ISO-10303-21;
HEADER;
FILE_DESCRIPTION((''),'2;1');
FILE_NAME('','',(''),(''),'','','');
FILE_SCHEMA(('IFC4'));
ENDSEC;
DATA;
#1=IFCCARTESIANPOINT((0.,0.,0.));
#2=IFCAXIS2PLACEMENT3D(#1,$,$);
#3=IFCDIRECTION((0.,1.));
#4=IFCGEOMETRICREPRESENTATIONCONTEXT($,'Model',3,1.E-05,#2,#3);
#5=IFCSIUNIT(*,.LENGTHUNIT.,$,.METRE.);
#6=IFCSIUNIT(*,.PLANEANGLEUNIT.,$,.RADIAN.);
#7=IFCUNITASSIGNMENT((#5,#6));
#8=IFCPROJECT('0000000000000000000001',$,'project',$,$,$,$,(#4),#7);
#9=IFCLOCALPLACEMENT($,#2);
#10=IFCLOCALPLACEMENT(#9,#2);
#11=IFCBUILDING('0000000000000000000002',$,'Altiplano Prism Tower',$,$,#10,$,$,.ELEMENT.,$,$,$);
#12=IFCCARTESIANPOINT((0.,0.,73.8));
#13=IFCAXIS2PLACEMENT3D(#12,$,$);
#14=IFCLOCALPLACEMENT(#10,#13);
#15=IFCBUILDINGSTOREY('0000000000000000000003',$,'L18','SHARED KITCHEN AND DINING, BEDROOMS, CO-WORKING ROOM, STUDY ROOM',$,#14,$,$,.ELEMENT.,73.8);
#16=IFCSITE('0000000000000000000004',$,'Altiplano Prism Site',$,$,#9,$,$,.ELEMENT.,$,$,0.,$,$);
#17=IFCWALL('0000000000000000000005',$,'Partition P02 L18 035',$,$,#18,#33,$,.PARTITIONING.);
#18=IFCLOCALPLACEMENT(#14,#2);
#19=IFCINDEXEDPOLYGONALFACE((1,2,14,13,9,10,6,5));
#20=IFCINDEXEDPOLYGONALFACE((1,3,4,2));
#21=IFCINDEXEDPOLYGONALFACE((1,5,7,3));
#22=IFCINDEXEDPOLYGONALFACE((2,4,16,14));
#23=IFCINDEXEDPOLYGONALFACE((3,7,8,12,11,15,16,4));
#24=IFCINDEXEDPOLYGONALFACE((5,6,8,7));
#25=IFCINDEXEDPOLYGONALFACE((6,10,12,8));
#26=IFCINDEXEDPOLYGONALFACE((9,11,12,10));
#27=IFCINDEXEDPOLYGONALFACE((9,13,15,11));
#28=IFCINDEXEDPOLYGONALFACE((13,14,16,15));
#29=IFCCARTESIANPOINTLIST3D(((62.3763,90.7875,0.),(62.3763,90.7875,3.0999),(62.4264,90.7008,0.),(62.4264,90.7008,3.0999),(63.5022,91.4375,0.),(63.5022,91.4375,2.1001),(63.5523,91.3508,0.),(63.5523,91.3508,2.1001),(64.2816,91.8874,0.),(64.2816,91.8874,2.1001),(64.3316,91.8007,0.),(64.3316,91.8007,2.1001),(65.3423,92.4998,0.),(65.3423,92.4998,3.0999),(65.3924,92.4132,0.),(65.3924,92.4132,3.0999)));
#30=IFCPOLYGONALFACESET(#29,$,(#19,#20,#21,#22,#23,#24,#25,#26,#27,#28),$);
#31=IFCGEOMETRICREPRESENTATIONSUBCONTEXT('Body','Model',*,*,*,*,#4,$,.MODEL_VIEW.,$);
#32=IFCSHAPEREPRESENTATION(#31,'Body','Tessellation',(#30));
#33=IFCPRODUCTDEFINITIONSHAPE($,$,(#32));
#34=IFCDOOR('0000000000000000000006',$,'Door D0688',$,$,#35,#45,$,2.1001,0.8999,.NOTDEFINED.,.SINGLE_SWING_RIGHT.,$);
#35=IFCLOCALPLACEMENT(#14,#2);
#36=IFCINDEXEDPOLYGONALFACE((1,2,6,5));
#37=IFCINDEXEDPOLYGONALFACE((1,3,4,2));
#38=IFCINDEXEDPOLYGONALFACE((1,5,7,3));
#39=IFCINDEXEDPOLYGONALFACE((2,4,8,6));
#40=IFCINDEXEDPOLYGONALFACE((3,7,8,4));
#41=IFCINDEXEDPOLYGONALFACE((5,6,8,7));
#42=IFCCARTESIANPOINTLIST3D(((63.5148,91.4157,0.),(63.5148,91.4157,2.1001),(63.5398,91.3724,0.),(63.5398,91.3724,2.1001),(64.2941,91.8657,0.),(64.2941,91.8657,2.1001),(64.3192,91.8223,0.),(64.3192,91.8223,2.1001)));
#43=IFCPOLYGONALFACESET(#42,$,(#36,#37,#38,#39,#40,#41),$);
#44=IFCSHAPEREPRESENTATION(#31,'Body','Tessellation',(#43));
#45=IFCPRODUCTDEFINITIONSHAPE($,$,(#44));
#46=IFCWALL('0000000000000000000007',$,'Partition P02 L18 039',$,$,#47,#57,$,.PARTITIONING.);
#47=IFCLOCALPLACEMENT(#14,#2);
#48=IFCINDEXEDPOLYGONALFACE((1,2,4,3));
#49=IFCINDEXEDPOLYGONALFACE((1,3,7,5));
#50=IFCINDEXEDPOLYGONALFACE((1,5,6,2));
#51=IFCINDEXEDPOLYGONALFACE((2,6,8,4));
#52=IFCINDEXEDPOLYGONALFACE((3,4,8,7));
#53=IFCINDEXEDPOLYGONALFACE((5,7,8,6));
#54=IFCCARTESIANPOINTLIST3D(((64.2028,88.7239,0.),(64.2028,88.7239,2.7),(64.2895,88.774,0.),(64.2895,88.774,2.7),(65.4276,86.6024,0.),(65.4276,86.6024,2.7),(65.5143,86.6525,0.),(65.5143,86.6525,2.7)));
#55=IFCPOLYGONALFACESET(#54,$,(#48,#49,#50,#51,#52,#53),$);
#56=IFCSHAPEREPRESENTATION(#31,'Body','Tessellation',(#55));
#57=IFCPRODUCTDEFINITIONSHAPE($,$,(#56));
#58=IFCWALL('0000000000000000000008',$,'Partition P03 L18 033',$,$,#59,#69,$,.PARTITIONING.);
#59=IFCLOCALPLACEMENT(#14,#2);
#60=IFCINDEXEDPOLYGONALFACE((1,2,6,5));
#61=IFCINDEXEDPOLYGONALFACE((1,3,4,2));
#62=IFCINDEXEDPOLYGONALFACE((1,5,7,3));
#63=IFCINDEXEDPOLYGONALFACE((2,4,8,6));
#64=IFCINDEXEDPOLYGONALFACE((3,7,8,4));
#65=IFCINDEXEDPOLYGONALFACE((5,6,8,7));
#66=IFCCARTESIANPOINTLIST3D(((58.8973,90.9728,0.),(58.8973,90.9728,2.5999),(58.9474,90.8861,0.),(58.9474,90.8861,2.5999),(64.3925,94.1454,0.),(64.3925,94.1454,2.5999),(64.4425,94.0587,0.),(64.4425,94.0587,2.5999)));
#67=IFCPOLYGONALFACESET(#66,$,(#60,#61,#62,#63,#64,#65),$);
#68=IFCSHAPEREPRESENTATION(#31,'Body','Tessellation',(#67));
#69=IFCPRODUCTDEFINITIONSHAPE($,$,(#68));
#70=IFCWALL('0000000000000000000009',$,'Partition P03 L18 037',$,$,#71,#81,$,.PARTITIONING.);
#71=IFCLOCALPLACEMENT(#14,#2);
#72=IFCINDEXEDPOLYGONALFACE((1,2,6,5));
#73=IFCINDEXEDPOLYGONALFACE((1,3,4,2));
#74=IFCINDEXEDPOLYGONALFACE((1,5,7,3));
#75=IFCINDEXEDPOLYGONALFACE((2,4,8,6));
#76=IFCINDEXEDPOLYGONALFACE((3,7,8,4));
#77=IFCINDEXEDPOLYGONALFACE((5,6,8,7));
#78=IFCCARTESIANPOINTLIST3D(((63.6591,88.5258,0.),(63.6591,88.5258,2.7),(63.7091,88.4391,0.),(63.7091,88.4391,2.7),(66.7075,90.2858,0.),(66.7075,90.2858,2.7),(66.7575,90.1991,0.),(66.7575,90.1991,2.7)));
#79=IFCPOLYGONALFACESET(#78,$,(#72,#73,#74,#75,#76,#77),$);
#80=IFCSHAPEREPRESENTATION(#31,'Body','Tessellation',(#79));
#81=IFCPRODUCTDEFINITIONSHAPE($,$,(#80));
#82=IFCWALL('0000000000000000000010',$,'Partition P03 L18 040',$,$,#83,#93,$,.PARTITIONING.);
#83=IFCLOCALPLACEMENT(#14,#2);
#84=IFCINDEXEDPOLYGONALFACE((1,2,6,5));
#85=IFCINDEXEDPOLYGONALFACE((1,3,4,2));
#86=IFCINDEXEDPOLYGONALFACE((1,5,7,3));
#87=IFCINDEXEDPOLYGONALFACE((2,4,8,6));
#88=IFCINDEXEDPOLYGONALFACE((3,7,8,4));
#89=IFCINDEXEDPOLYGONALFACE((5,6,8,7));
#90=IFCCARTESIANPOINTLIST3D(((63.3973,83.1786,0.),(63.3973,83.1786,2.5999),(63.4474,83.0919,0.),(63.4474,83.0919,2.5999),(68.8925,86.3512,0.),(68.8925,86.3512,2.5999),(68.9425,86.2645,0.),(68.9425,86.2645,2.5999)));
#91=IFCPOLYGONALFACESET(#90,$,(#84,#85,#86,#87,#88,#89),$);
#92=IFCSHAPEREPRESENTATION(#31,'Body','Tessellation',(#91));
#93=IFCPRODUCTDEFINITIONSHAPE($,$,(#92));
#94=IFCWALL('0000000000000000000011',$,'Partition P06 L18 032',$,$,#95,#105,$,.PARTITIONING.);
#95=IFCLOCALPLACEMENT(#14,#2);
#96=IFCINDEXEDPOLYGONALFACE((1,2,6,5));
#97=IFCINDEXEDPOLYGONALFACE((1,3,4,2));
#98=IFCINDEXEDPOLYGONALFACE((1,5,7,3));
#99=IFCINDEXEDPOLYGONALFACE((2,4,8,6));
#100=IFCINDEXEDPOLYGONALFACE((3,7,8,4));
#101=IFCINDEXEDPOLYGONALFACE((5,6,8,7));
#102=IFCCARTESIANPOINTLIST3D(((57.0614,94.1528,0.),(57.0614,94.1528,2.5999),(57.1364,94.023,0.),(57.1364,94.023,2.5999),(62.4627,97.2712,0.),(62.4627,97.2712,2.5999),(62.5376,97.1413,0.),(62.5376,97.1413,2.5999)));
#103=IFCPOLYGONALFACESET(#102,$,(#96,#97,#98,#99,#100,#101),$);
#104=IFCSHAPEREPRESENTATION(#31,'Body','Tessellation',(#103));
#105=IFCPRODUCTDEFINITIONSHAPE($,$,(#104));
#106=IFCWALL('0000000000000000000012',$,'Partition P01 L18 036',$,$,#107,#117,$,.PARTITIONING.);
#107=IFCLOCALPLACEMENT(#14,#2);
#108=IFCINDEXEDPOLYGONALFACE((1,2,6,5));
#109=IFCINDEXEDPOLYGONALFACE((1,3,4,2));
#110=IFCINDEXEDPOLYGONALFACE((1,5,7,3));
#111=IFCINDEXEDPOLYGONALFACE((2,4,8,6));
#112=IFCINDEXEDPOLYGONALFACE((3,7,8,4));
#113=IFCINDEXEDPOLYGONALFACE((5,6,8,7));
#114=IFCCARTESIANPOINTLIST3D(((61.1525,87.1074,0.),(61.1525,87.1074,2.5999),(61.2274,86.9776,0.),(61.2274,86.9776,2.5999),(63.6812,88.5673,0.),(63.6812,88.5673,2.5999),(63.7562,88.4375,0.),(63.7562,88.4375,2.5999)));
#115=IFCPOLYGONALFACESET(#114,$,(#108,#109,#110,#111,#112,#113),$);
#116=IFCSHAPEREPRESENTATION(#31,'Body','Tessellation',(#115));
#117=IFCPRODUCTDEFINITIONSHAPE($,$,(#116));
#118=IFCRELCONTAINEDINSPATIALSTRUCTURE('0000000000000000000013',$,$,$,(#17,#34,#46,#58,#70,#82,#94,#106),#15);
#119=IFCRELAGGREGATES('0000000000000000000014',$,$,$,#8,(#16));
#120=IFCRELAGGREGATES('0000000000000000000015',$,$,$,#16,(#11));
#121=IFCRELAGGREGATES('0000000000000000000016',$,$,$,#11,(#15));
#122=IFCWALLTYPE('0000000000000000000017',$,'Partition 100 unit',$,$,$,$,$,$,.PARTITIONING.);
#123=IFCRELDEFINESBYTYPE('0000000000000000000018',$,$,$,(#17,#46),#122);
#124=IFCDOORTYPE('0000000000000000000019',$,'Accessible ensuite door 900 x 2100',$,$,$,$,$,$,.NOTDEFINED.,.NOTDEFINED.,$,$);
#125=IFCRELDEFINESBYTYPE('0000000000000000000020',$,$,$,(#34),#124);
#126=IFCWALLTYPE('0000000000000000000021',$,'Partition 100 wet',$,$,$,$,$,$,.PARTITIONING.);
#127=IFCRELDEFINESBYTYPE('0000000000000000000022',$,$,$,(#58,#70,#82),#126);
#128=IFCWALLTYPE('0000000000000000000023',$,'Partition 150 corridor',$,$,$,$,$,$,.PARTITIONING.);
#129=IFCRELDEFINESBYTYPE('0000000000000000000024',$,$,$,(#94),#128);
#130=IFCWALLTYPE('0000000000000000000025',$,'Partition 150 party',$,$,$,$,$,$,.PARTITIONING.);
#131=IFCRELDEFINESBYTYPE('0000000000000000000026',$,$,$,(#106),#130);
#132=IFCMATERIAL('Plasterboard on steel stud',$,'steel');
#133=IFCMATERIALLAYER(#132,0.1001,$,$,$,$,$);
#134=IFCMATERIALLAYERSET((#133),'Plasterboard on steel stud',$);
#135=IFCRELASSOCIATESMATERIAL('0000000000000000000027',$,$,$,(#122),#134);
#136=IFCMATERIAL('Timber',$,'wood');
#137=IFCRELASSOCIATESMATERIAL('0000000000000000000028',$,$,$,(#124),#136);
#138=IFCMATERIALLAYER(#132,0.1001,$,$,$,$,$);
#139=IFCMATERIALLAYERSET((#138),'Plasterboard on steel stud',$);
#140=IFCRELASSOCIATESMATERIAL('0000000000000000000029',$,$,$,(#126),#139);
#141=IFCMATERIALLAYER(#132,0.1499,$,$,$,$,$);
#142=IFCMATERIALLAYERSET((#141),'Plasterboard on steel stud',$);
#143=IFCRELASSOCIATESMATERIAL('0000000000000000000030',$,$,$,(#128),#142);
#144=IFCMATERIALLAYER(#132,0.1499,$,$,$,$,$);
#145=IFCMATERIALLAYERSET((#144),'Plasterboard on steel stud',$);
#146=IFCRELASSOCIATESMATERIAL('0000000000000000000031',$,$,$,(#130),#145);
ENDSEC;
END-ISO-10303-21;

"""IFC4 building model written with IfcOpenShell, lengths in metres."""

from ifc_helpers import new_model, si_unit, direction, frame, frame_2d, origin, place, context, subcontext, project, spatial, rectangle, extrude, material, layer, layer_set, type_object, element, fill, save


model = new_model("IFC4")

# Units and contexts
model_context = context("Model", 3, precision=1e-05, world=origin(), true_north=direction((0.0, 1.0)))
body_context = subcontext(model_context, "Body", "Model", "MODEL_VIEW")
ifc_project = project(units=[si_unit("LENGTHUNIT", "METRE"), si_unit("PLANEANGLEUNIT", "RADIAN")], contexts=[model_context])

# Site, building, storey
site_placement = place(None, origin())
site = spatial("IfcSite", under=ifc_project, at=site_placement, Name="Altiplano Prism Site", CompositionType="ELEMENT", RefElevation=0.0)
building_placement = place(site_placement, origin())
building = spatial("IfcBuilding", under=site, at=building_placement, Name="Altiplano Prism Tower", CompositionType="ELEMENT")
storey_placement = place(building_placement, frame((0.0, 0.0, 73.8)))
storey = spatial("IfcBuildingStorey", under=building, at=storey_placement, Name="L18", Description="SHARED KITCHEN AND DINING, BEDROOMS, CO-WORKING ROOM, STUDY ROOM", CompositionType="ELEMENT", Elevation=73.8)

# Shared definitions
ifc_material_1 = material(Name="Plasterboard on steel stud", Category="steel")
ifc_layer_1 = layer(ifc_material_1, 0.1001)
ifc_layer_set_1 = layer_set([ifc_layer_1], Name="Plasterboard on steel stud")
wall_type_1 = type_object("IfcWallType", Name="Partition 100 unit", PredefinedType="PARTITIONING", material=ifc_layer_set_1)

# Wall, opening, door
wall_1_placement = place(storey_placement, frame((62.4014, 90.7441, 0.0), z_axis=(0.0, 0.0, 1.0), x_axis=(0.866032, 0.499988, 0.0)))
wall_1 = element("IfcWall", 1, at=wall_1_placement, inside=storey, type_object=wall_type_1, Name="Partition P02 L18 035", PredefinedType="PARTITIONING", context=body_context, shape_type="SweptSolid", body=[
    extrude(rectangle(XDim=3.4248, YDim=0.1001, at=frame_2d((1.7124, 0.0))), origin(), (0.0, 0.0, 1.0), 3.0999),
])
opening_placement = place(wall_1_placement, frame((1.3, 0.0, 0.0)))
opening = element("IfcOpeningElement", 2, at=opening_placement, cuts=wall_1, PredefinedType="OPENING", context=body_context, shape_type="SweptSolid", body=[
    extrude(rectangle(XDim=0.8999, YDim=2.1001, at=frame_2d((0.45, 1.05))), frame((0.0, 0.0605, 0.0), z_axis=(0.0, -1.0, 0.0), x_axis=(1.0, 0.0, 0.0)), (0.0, 0.0, 1.0), 0.1211),
])
ifc_material_2 = material(Name="Timber", Category="wood")
door_type = type_object("IfcDoorType", Name="Accessible ensuite door 900 x 2100", OperationType="NOTDEFINED", PredefinedType="NOTDEFINED", material=ifc_material_2)
door_placement = place(opening_placement, origin())
door = element("IfcDoor", 3, at=door_placement, inside=storey, type_object=door_type, Name="Door D0688", OperationType="SINGLE_SWING_RIGHT", OverallHeight=2.1001, OverallWidth=0.8999, PredefinedType="NOTDEFINED", context=body_context, shape_type="SweptSolid", body=[
    extrude(rectangle(XDim=0.8999, YDim=2.1001, at=frame_2d((0.45, 1.05))), frame((0.0, 0.0249, 0.0), z_axis=(0.0, -1.0, 0.0), x_axis=(1.0, 0.0, 0.0)), (0.0, 0.0, 1.0), 0.05),
])
fill(opening, door)

# Walls
wall_2_placement = place(storey_placement, frame((65.4709, 86.6274, 0.0), z_axis=(0.0, 0.0, 1.0), x_axis=(-0.499987, 0.866033, 0.0)))
element("IfcWall", 4, at=wall_2_placement, inside=storey, type_object=wall_type_1, Name="Partition P02 L18 039", PredefinedType="PARTITIONING", context=body_context, shape_type="SweptSolid", body=[
    extrude(rectangle(XDim=2.4497, YDim=0.1001, at=frame_2d((1.2249, 0.0))), origin(), (0.0, 0.0, 1.0), 2.7),
])
ifc_layer_2 = layer(ifc_material_1, 0.1001)
ifc_layer_set_2 = layer_set([ifc_layer_2], Name="Plasterboard on steel stud")
wall_type_2 = type_object("IfcWallType", Name="Partition 100 wet", PredefinedType="PARTITIONING", material=ifc_layer_set_2)
wall_3_placement = place(storey_placement, frame((58.9224, 90.9294, 0.0), z_axis=(0.0, 0.0, 1.0), x_axis=(0.866025, 0.5, 0.0)))
element("IfcWall", 5, at=wall_3_placement, inside=storey, type_object=wall_type_2, Name="Partition P03 L18 033", PredefinedType="PARTITIONING", context=body_context, shape_type="SweptSolid", body=[
    extrude(rectangle(XDim=6.3452, YDim=0.1001, at=frame_2d((3.1726, 0.0))), origin(), (0.0, 0.0, 1.0), 2.5999),
])
wall_4_placement = place(storey_placement, frame((63.6841, 88.4824, 0.0), z_axis=(0.0, 0.0, 1.0), x_axis=(0.866019, 0.500011, 0.0)))
element("IfcWall", 6, at=wall_4_placement, inside=storey, type_object=wall_type_2, Name="Partition P03 L18 037", PredefinedType="PARTITIONING", context=body_context, shape_type="SweptSolid", body=[
    extrude(rectangle(XDim=3.52, YDim=0.1001, at=frame_2d((1.76, 0.0))), origin(), (0.0, 0.0, 1.0), 2.7),
])
wall_5_placement = place(storey_placement, frame((63.4224, 83.1353, 0.0), z_axis=(0.0, 0.0, 1.0), x_axis=(0.866025, 0.5, 0.0)))
element("IfcWall", 7, at=wall_5_placement, inside=storey, type_object=wall_type_2, Name="Partition P03 L18 040", PredefinedType="PARTITIONING", context=body_context, shape_type="SweptSolid", body=[
    extrude(rectangle(XDim=6.3452, YDim=0.1001, at=frame_2d((3.1726, 0.0))), origin(), (0.0, 0.0, 1.0), 2.5999),
])
ifc_layer_3 = layer(ifc_material_1, 0.1499)
ifc_layer_set_3 = layer_set([ifc_layer_3], Name="Plasterboard on steel stud")
wall_type_3 = type_object("IfcWallType", Name="Partition 150 corridor", PredefinedType="PARTITIONING", material=ifc_layer_set_3)
wall_6_placement = place(storey_placement, frame((57.0989, 94.0879, 0.0), z_axis=(0.0, 0.0, 1.0), x_axis=(0.86603, 0.499991, 0.0)))
element("IfcWall", 8, at=wall_6_placement, inside=storey, type_object=wall_type_3, Name="Partition P06 L18 032", PredefinedType="PARTITIONING", context=body_context, shape_type="SweptSolid", body=[
    extrude(rectangle(XDim=6.2368, YDim=0.1499, at=frame_2d((3.1184, 0.0))), origin(), (0.0, 0.0, 1.0), 2.5999),
])
ifc_layer_4 = layer(ifc_material_1, 0.1499)
ifc_layer_set_4 = layer_set([ifc_layer_4], Name="Plasterboard on steel stud")
wall_type_4 = type_object("IfcWallType", Name="Partition 150 party", PredefinedType="PARTITIONING", material=ifc_layer_set_4)
wall_7_placement = place(storey_placement, frame((61.1899, 87.0425, 0.0), z_axis=(0.0, 0.0, 1.0), x_axis=(0.866032, 0.499988, 0.0)))
element("IfcWall", 9, at=wall_7_placement, inside=storey, type_object=wall_type_4, Name="Partition P01 L18 036", PredefinedType="PARTITIONING", context=body_context, shape_type="SweptSolid", body=[
    extrude(rectangle(XDim=2.9199, YDim=0.1499, at=frame_2d((1.46, 0.0))), origin(), (0.0, 0.0, 1.0), 2.5999),
])

save(model, "model.ifc")
